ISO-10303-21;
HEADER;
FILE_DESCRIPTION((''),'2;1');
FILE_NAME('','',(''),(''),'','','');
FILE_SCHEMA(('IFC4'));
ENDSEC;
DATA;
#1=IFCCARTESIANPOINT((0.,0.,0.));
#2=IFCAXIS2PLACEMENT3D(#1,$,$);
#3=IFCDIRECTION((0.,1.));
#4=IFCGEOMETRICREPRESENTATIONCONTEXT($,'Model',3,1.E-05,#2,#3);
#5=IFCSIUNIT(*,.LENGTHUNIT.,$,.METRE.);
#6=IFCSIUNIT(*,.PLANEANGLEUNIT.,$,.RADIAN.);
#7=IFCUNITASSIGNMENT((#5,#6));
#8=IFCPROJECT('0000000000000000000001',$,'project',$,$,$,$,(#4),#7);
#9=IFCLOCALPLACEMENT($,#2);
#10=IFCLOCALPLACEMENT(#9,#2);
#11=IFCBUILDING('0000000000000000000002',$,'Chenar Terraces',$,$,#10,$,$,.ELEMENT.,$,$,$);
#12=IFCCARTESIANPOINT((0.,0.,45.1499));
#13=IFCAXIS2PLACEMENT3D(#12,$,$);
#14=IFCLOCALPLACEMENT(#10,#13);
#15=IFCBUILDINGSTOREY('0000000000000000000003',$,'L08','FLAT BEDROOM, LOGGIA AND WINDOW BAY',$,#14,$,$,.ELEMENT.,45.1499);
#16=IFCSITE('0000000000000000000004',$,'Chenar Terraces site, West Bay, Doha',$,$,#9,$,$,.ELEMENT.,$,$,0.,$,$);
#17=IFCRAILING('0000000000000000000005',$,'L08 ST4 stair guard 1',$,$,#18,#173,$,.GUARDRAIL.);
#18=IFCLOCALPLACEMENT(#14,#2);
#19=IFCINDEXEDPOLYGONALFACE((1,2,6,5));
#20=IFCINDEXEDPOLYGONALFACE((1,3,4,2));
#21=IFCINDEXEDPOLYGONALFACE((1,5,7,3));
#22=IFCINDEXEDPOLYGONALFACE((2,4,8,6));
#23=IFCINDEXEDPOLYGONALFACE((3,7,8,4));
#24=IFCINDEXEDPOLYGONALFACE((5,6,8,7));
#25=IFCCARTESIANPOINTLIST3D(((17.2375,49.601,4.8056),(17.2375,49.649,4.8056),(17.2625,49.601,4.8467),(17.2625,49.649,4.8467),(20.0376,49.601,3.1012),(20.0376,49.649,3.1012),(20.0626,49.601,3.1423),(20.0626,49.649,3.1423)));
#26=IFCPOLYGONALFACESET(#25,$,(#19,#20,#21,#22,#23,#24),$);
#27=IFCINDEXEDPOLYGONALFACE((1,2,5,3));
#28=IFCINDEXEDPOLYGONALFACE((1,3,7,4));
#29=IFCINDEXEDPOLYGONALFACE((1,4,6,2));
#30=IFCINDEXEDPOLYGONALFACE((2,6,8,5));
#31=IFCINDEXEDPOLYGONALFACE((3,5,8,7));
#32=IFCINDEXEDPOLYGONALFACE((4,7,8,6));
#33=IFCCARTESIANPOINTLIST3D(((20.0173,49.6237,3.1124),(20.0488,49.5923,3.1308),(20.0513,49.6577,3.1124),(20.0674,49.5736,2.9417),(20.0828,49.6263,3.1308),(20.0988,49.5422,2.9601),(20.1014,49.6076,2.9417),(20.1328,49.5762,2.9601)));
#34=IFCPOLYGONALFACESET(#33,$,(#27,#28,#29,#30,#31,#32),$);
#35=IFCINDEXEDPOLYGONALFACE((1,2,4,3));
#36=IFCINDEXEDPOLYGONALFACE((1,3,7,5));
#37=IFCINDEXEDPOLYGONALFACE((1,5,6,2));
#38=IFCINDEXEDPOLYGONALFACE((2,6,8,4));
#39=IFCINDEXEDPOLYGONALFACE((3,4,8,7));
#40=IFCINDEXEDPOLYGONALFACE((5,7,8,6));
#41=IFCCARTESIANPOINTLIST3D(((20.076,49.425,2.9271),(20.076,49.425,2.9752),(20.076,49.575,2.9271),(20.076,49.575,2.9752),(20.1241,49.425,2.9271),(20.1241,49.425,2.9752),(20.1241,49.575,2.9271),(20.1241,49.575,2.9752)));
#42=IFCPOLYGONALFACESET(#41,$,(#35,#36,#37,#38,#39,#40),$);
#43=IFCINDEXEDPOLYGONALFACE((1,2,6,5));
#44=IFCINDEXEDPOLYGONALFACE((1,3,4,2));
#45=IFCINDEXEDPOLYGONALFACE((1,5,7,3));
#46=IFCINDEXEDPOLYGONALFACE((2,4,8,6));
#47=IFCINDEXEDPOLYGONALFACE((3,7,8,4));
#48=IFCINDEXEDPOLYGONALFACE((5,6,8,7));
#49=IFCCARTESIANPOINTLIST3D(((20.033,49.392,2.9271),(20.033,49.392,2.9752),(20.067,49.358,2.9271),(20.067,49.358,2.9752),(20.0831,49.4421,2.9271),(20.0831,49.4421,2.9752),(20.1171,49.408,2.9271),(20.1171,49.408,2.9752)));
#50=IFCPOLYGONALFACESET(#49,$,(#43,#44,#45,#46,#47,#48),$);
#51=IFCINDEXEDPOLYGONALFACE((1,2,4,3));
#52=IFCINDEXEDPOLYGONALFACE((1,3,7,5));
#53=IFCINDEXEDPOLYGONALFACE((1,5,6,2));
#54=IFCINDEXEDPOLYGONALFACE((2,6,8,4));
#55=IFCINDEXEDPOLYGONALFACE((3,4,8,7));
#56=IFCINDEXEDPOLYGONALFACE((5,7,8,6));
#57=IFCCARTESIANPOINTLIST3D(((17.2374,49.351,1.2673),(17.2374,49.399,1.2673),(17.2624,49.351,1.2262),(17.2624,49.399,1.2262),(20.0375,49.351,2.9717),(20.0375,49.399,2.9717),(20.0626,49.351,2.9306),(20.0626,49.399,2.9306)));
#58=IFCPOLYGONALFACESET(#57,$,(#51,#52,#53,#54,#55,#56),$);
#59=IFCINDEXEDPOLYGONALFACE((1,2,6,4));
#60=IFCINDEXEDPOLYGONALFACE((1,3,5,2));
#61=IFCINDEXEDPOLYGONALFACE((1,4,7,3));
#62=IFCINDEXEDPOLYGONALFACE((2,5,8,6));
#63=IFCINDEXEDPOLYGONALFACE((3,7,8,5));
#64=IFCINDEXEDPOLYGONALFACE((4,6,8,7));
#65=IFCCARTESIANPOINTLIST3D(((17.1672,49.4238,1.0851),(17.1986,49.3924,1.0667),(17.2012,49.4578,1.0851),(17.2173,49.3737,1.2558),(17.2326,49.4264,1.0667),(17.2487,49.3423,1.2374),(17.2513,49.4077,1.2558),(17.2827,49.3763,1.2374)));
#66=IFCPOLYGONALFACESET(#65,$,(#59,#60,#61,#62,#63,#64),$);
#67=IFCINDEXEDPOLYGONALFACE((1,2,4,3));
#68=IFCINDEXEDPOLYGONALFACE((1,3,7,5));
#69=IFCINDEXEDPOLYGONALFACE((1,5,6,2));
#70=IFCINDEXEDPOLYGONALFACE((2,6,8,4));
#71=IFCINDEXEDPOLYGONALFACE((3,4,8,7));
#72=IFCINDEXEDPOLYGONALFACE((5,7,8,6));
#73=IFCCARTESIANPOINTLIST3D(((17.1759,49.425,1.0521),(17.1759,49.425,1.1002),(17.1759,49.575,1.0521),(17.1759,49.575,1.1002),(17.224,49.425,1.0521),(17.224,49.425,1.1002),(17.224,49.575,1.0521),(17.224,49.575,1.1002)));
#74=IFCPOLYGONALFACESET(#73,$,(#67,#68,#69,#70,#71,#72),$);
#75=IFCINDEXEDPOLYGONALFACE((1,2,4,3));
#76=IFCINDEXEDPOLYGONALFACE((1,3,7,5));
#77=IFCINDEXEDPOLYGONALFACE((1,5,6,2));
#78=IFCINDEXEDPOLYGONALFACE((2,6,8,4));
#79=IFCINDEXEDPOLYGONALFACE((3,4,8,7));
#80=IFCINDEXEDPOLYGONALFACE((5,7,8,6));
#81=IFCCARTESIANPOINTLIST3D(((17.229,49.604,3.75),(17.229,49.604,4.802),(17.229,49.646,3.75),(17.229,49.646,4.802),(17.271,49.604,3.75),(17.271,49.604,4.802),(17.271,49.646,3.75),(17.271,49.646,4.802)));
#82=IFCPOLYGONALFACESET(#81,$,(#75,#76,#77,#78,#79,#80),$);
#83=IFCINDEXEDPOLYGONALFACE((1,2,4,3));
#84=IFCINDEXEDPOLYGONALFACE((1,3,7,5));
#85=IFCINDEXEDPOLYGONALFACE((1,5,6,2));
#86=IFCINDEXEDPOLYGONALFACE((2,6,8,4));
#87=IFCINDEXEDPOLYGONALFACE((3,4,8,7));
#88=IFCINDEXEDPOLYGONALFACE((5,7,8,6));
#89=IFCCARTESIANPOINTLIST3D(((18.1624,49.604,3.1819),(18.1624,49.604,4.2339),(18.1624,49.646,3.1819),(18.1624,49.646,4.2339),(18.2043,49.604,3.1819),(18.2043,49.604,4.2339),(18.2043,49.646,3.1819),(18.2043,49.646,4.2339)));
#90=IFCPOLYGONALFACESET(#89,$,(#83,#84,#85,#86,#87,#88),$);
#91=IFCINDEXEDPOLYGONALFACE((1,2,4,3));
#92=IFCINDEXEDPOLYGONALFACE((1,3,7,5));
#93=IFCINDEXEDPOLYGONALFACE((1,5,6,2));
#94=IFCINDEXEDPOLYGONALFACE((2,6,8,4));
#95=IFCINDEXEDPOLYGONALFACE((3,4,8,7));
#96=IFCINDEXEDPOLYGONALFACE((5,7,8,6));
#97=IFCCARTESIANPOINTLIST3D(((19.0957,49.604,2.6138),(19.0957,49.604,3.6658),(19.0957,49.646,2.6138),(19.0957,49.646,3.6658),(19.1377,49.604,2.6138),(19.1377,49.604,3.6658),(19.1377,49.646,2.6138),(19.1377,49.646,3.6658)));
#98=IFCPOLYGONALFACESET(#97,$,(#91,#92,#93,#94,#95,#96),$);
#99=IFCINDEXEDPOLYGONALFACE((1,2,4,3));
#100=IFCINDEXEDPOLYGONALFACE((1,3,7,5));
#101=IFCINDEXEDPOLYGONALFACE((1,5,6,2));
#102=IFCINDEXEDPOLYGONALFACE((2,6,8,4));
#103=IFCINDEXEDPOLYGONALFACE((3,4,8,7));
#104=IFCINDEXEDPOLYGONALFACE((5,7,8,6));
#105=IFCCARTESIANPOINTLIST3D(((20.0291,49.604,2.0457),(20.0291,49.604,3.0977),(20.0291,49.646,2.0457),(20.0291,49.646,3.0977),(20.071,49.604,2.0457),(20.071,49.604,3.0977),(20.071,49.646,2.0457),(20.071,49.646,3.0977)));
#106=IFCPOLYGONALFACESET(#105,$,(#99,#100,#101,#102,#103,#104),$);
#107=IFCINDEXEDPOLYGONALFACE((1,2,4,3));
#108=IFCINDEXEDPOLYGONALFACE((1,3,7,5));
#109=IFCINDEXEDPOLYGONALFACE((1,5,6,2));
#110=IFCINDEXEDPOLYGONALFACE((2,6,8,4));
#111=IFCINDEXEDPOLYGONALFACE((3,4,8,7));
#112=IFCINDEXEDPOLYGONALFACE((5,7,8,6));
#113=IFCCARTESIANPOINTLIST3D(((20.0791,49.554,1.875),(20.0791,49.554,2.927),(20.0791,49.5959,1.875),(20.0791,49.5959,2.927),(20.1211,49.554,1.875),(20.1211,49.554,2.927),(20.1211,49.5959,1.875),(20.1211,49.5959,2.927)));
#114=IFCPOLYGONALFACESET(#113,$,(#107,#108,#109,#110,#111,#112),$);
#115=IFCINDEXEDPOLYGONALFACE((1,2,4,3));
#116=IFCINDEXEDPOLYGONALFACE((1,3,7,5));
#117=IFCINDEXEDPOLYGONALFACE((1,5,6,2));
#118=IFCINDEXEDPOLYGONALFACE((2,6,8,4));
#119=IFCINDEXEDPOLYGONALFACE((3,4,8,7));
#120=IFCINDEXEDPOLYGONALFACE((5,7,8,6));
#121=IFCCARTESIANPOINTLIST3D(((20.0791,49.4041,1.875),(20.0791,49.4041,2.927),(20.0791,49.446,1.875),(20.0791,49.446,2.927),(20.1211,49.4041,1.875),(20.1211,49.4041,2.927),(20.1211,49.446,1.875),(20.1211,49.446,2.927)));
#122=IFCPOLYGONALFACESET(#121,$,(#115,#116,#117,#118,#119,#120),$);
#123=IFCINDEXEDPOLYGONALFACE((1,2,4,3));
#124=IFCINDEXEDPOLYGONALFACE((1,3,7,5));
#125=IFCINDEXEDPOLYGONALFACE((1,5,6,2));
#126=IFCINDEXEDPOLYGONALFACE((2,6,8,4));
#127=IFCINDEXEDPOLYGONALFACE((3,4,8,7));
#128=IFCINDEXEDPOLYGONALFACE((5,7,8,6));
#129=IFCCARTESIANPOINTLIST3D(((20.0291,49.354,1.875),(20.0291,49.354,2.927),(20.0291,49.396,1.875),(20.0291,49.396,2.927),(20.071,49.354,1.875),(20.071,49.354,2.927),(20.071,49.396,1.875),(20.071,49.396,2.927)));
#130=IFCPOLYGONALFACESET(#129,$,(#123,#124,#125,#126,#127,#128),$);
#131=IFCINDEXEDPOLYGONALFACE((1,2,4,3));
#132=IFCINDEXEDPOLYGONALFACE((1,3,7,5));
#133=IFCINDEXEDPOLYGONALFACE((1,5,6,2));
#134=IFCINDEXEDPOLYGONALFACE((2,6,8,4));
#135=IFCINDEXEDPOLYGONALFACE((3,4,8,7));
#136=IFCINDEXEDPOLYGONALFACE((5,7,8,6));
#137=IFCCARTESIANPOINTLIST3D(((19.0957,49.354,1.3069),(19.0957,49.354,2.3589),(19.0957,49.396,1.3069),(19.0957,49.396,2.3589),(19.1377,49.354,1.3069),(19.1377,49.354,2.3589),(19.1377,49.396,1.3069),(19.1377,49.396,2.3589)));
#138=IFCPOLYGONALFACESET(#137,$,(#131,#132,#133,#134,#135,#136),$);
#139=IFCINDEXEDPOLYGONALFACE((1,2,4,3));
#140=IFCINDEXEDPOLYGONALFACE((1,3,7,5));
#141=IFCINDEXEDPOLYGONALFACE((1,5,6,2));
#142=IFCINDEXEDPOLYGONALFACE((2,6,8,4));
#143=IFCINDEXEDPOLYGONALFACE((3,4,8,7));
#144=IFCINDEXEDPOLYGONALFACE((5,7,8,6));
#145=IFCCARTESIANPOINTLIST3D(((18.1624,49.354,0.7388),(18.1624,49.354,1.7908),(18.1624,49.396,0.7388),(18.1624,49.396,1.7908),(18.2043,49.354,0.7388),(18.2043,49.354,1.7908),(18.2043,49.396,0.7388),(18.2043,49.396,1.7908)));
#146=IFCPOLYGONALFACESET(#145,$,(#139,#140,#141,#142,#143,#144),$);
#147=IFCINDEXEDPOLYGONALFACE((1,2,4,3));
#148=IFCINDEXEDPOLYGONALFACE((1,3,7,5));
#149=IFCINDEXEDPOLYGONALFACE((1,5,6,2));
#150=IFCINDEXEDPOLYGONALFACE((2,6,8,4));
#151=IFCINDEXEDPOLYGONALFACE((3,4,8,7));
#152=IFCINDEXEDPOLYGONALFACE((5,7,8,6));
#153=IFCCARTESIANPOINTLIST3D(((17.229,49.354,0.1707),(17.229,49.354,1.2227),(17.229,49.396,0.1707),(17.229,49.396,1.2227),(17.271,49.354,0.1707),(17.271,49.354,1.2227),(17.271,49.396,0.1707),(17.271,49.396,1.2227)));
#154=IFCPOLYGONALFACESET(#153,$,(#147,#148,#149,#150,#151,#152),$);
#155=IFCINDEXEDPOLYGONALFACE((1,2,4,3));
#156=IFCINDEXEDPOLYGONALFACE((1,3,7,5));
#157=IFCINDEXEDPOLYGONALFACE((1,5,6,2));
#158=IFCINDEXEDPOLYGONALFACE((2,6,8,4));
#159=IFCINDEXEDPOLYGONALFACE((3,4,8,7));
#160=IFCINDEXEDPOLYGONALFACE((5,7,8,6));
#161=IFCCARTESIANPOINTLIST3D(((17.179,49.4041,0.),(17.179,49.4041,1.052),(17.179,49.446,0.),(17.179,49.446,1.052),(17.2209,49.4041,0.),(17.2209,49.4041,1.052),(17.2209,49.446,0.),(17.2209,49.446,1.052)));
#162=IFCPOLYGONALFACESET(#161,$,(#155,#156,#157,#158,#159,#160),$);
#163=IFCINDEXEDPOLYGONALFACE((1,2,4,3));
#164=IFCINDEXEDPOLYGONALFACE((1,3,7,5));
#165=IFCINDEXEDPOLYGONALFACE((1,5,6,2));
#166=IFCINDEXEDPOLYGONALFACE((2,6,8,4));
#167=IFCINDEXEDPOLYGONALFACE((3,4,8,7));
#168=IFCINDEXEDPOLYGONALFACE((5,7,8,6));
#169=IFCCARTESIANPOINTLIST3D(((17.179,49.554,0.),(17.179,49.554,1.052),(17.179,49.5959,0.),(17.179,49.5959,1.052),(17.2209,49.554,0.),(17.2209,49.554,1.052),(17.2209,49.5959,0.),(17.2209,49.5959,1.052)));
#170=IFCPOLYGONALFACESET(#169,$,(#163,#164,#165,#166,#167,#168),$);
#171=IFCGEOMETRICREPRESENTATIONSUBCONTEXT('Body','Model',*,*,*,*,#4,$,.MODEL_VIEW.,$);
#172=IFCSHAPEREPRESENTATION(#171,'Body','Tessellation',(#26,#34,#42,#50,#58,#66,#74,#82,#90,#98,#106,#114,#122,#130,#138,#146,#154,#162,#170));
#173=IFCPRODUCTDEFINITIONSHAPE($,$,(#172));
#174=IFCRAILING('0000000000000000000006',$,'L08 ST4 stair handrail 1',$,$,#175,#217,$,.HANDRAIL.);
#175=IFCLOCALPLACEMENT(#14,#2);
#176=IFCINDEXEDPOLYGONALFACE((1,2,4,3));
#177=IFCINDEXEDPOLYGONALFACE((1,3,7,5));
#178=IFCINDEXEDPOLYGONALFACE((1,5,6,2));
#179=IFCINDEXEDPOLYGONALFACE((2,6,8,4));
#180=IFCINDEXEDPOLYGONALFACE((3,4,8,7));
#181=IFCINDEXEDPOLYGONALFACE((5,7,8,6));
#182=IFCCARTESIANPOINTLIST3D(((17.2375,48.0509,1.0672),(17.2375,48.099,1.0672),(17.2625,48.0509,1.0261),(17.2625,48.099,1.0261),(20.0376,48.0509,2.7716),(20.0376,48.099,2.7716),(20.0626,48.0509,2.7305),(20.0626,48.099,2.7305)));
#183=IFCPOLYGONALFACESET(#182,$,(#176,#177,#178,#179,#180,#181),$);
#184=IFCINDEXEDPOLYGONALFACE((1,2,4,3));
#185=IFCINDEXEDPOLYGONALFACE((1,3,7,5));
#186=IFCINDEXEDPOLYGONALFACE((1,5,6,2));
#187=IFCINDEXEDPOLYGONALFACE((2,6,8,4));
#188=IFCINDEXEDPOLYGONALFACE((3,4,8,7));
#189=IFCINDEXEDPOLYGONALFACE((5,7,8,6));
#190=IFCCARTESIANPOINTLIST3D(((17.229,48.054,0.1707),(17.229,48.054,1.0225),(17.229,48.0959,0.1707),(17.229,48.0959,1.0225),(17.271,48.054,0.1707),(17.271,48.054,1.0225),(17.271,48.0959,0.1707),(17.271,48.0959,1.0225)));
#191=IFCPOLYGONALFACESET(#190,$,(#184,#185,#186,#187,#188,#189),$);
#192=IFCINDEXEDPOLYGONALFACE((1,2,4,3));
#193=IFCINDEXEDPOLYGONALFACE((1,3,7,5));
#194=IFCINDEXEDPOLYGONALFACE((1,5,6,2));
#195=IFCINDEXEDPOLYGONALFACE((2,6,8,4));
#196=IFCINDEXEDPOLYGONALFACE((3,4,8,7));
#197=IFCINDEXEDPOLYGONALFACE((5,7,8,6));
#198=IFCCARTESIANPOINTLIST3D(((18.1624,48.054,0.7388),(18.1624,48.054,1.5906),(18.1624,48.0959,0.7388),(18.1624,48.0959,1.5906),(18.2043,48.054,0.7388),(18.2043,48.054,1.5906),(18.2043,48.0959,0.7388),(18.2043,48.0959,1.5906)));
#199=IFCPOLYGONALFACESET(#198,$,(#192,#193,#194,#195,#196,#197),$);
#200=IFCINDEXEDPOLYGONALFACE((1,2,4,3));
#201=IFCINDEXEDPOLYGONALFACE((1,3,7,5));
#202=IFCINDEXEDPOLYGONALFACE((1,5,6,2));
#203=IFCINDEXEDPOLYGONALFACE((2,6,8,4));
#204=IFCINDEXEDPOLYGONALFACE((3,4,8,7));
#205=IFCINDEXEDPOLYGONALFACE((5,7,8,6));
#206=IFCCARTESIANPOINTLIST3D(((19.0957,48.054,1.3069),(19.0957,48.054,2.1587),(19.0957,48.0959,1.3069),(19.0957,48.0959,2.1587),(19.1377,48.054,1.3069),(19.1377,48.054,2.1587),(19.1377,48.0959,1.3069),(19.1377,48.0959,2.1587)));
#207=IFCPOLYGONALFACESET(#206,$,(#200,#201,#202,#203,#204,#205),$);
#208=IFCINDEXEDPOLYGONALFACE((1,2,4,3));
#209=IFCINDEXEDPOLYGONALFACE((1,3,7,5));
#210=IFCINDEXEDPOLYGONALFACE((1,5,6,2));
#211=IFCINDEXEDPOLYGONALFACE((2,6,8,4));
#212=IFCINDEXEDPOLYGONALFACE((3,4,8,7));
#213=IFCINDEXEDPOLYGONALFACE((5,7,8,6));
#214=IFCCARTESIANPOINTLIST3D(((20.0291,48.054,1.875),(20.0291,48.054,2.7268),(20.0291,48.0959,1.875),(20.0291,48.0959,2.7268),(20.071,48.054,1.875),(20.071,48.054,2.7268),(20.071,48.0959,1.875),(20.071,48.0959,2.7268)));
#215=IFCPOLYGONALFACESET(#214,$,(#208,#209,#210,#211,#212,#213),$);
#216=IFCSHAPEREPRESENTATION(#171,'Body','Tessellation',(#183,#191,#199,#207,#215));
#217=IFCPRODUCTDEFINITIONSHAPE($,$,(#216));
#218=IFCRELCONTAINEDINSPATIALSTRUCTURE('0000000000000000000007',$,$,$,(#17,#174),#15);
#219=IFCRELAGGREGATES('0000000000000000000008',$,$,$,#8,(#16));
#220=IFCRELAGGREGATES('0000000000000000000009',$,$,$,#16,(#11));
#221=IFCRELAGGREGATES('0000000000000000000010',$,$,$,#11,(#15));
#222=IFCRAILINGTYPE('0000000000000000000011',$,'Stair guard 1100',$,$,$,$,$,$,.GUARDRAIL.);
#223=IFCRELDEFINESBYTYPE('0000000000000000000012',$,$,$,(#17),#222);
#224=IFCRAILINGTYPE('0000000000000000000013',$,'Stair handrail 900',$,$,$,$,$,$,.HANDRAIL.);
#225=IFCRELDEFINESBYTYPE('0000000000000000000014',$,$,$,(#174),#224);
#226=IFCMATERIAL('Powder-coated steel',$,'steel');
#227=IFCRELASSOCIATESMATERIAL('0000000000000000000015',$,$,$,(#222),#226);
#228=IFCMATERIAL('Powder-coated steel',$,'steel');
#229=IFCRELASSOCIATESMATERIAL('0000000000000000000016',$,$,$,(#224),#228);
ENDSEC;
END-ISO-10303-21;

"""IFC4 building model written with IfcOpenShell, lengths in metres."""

from ifc_helpers import new_model, si_unit, direction, frame, origin, origin_2d, place, context, subcontext, project, spatial, rectangle, extrude, material, type_object, element, save


model = new_model("IFC4")

# Units and contexts
model_context = context("Model", 3, precision=1e-05, world=origin(), true_north=direction((0.0, 1.0)))
body_context = subcontext(model_context, "Body", "Model", "MODEL_VIEW")
ifc_project = project(units=[si_unit("LENGTHUNIT", "METRE"), si_unit("PLANEANGLEUNIT", "RADIAN")], contexts=[model_context])

# Site, building, storey
site_placement = place(None, origin())
site = spatial("IfcSite", under=ifc_project, at=site_placement, Name="Chenar Terraces site, West Bay, Doha", CompositionType="ELEMENT", RefElevation=0.0)
building_placement = place(site_placement, origin())
building = spatial("IfcBuilding", under=site, at=building_placement, Name="Chenar Terraces", CompositionType="ELEMENT")
storey_placement = place(building_placement, frame((0.0, 0.0, 45.1499)))
storey = spatial("IfcBuildingStorey", under=building, at=storey_placement, Name="L08", Description="FLAT BEDROOM, LOGGIA AND WINDOW BAY", CompositionType="ELEMENT", Elevation=45.1499)

# Railings
ifc_material_1 = material(Name="Powder-coated steel", Category="steel")
railing_type_1 = type_object("IfcRailingType", Name="Stair guard 1100", PredefinedType="GUARDRAIL", material=ifc_material_1)
railing_1_placement = place(storey_placement, frame((17.25, 49.625, 3.75)))
element("IfcRailing", 1, at=railing_1_placement, inside=storey, type_object=railing_type_1, Name="L08 ST4 stair guard 1", PredefinedType="GUARDRAIL", context=body_context, shape_type="SweptSolid", body=[
    extrude(rectangle(XDim=0.0481, YDim=0.0481, at=origin_2d()), frame((0.0, 0.0, 1.0762), z_axis=(0.854203, 0.0, -0.51994), x_axis=(0.0, 1.0, 0.0)), (0.0, 0.0, 1.0), 3.2781),
    extrude(rectangle(XDim=0.0481, YDim=0.0481, at=origin_2d()), frame((2.8, 0.0, -0.6284), z_axis=(0.2709, -0.2709, -0.923703), x_axis=(0.707107, 0.707107, 0.0)), (0.0, 0.0, 1.0), 0.1848),
    extrude(rectangle(XDim=0.0481, YDim=0.0481, at=origin_2d()), frame((2.8501, -0.05, -0.7988), z_axis=(0.0, -1.0, 0.0), x_axis=(1.0, 0.0, 0.0)), (0.0, 0.0, 1.0), 0.1499),
    extrude(rectangle(XDim=0.0481, YDim=0.0481, at=origin_2d()), frame((2.8501, -0.2, -0.7988), z_axis=(-0.707107, -0.707107, 0.0), x_axis=(0.707107, -0.707107, 0.0)), (0.0, 0.0, 1.0), 0.0708),
    extrude(rectangle(XDim=0.0481, YDim=0.0481, at=origin_2d()), frame((2.8, -0.25, -0.7988), z_axis=(-0.854203, 0.0, -0.51994), x_axis=(0.0, -1.0, 0.0)), (0.0, 0.0, 1.0), 3.2781),
    extrude(rectangle(XDim=0.0481, YDim=0.0481, at=origin_2d()), frame((0.0, -0.25, -2.5034), z_axis=(-0.2709, 0.2709, -0.923703), x_axis=(-0.707107, -0.707107, 0.0)), (0.0, 0.0, 1.0), 0.1848),
    extrude(rectangle(XDim=0.0481, YDim=0.0481, at=origin_2d()), frame((-0.05, -0.2, -2.6738), z_axis=(0.0, 1.0, 0.0), x_axis=(-1.0, 0.0, 0.0)), (0.0, 0.0, 1.0), 0.1499),
    extrude(rectangle(XDim=0.042, YDim=0.042, at=origin_2d()), origin(), (0.0, 0.0, 1.0), 1.052),
    extrude(rectangle(XDim=0.042, YDim=0.042, at=origin_2d()), frame((0.9333, 0.0, -0.5681)), (0.0, 0.0, 1.0), 1.052),
    extrude(rectangle(XDim=0.042, YDim=0.042, at=origin_2d()), frame((1.8667, 0.0, -1.1362)), (0.0, 0.0, 1.0), 1.052),
    extrude(rectangle(XDim=0.042, YDim=0.042, at=origin_2d()), frame((2.8, 0.0, -1.7043)), (0.0, 0.0, 1.0), 1.052),
    extrude(rectangle(XDim=0.042, YDim=0.042, at=origin_2d()), frame((2.8501, -0.05, -1.875)), (0.0, 0.0, 1.0), 1.052),
    extrude(rectangle(XDim=0.042, YDim=0.042, at=origin_2d()), frame((2.8501, -0.2, -1.875)), (0.0, 0.0, 1.0), 1.052),
    extrude(rectangle(XDim=0.042, YDim=0.042, at=origin_2d()), frame((2.8, -0.25, -1.875)), (0.0, 0.0, 1.0), 1.052),
    extrude(rectangle(XDim=0.042, YDim=0.042, at=origin_2d()), frame((1.8667, -0.25, -2.4431)), (0.0, 0.0, 1.0), 1.052),
    extrude(rectangle(XDim=0.042, YDim=0.042, at=origin_2d()), frame((0.9333, -0.25, -3.0112)), (0.0, 0.0, 1.0), 1.052),
    extrude(rectangle(XDim=0.042, YDim=0.042, at=origin_2d()), frame((0.0, -0.25, -3.5793)), (0.0, 0.0, 1.0), 1.052),
    extrude(rectangle(XDim=0.042, YDim=0.042, at=origin_2d()), frame((-0.05, -0.2, -3.75)), (0.0, 0.0, 1.0), 1.052),
    extrude(rectangle(XDim=0.042, YDim=0.042, at=origin_2d()), frame((-0.05, -0.05, -3.75)), (0.0, 0.0, 1.0), 1.052),
])
ifc_material_2 = material(Name="Powder-coated steel", Category="steel")
railing_type_2 = type_object("IfcRailingType", Name="Stair handrail 900", PredefinedType="HANDRAIL", material=ifc_material_2)
railing_2_placement = place(storey_placement, frame((17.25, 48.075, 0.1707)))
element("IfcRailing", 2, at=railing_2_placement, inside=storey, type_object=railing_type_2, Name="L08 ST4 stair handrail 1", PredefinedType="HANDRAIL", context=body_context, shape_type="SweptSolid", body=[
    extrude(rectangle(XDim=0.0481, YDim=0.0481, at=origin_2d()), frame((0.0, 0.0, 0.876), z_axis=(0.854203, 0.0, 0.51994), x_axis=(0.0, 1.0, 0.0)), (0.0, 0.0, 1.0), 3.2781),
    extrude(rectangle(XDim=0.042, YDim=0.042, at=origin_2d()), origin(), (0.0, 0.0, 1.0), 0.8518),
    extrude(rectangle(XDim=0.042, YDim=0.042, at=origin_2d()), frame((0.9333, 0.0, 0.5681)), (0.0, 0.0, 1.0), 0.8518),
    extrude(rectangle(XDim=0.042, YDim=0.042, at=origin_2d()), frame((1.8667, 0.0, 1.1362)), (0.0, 0.0, 1.0), 0.8518),
    extrude(rectangle(XDim=0.042, YDim=0.042, at=origin_2d()), frame((2.8, 0.0, 1.7043)), (0.0, 0.0, 1.0), 0.8518),
])

save(model, "model.ifc")
